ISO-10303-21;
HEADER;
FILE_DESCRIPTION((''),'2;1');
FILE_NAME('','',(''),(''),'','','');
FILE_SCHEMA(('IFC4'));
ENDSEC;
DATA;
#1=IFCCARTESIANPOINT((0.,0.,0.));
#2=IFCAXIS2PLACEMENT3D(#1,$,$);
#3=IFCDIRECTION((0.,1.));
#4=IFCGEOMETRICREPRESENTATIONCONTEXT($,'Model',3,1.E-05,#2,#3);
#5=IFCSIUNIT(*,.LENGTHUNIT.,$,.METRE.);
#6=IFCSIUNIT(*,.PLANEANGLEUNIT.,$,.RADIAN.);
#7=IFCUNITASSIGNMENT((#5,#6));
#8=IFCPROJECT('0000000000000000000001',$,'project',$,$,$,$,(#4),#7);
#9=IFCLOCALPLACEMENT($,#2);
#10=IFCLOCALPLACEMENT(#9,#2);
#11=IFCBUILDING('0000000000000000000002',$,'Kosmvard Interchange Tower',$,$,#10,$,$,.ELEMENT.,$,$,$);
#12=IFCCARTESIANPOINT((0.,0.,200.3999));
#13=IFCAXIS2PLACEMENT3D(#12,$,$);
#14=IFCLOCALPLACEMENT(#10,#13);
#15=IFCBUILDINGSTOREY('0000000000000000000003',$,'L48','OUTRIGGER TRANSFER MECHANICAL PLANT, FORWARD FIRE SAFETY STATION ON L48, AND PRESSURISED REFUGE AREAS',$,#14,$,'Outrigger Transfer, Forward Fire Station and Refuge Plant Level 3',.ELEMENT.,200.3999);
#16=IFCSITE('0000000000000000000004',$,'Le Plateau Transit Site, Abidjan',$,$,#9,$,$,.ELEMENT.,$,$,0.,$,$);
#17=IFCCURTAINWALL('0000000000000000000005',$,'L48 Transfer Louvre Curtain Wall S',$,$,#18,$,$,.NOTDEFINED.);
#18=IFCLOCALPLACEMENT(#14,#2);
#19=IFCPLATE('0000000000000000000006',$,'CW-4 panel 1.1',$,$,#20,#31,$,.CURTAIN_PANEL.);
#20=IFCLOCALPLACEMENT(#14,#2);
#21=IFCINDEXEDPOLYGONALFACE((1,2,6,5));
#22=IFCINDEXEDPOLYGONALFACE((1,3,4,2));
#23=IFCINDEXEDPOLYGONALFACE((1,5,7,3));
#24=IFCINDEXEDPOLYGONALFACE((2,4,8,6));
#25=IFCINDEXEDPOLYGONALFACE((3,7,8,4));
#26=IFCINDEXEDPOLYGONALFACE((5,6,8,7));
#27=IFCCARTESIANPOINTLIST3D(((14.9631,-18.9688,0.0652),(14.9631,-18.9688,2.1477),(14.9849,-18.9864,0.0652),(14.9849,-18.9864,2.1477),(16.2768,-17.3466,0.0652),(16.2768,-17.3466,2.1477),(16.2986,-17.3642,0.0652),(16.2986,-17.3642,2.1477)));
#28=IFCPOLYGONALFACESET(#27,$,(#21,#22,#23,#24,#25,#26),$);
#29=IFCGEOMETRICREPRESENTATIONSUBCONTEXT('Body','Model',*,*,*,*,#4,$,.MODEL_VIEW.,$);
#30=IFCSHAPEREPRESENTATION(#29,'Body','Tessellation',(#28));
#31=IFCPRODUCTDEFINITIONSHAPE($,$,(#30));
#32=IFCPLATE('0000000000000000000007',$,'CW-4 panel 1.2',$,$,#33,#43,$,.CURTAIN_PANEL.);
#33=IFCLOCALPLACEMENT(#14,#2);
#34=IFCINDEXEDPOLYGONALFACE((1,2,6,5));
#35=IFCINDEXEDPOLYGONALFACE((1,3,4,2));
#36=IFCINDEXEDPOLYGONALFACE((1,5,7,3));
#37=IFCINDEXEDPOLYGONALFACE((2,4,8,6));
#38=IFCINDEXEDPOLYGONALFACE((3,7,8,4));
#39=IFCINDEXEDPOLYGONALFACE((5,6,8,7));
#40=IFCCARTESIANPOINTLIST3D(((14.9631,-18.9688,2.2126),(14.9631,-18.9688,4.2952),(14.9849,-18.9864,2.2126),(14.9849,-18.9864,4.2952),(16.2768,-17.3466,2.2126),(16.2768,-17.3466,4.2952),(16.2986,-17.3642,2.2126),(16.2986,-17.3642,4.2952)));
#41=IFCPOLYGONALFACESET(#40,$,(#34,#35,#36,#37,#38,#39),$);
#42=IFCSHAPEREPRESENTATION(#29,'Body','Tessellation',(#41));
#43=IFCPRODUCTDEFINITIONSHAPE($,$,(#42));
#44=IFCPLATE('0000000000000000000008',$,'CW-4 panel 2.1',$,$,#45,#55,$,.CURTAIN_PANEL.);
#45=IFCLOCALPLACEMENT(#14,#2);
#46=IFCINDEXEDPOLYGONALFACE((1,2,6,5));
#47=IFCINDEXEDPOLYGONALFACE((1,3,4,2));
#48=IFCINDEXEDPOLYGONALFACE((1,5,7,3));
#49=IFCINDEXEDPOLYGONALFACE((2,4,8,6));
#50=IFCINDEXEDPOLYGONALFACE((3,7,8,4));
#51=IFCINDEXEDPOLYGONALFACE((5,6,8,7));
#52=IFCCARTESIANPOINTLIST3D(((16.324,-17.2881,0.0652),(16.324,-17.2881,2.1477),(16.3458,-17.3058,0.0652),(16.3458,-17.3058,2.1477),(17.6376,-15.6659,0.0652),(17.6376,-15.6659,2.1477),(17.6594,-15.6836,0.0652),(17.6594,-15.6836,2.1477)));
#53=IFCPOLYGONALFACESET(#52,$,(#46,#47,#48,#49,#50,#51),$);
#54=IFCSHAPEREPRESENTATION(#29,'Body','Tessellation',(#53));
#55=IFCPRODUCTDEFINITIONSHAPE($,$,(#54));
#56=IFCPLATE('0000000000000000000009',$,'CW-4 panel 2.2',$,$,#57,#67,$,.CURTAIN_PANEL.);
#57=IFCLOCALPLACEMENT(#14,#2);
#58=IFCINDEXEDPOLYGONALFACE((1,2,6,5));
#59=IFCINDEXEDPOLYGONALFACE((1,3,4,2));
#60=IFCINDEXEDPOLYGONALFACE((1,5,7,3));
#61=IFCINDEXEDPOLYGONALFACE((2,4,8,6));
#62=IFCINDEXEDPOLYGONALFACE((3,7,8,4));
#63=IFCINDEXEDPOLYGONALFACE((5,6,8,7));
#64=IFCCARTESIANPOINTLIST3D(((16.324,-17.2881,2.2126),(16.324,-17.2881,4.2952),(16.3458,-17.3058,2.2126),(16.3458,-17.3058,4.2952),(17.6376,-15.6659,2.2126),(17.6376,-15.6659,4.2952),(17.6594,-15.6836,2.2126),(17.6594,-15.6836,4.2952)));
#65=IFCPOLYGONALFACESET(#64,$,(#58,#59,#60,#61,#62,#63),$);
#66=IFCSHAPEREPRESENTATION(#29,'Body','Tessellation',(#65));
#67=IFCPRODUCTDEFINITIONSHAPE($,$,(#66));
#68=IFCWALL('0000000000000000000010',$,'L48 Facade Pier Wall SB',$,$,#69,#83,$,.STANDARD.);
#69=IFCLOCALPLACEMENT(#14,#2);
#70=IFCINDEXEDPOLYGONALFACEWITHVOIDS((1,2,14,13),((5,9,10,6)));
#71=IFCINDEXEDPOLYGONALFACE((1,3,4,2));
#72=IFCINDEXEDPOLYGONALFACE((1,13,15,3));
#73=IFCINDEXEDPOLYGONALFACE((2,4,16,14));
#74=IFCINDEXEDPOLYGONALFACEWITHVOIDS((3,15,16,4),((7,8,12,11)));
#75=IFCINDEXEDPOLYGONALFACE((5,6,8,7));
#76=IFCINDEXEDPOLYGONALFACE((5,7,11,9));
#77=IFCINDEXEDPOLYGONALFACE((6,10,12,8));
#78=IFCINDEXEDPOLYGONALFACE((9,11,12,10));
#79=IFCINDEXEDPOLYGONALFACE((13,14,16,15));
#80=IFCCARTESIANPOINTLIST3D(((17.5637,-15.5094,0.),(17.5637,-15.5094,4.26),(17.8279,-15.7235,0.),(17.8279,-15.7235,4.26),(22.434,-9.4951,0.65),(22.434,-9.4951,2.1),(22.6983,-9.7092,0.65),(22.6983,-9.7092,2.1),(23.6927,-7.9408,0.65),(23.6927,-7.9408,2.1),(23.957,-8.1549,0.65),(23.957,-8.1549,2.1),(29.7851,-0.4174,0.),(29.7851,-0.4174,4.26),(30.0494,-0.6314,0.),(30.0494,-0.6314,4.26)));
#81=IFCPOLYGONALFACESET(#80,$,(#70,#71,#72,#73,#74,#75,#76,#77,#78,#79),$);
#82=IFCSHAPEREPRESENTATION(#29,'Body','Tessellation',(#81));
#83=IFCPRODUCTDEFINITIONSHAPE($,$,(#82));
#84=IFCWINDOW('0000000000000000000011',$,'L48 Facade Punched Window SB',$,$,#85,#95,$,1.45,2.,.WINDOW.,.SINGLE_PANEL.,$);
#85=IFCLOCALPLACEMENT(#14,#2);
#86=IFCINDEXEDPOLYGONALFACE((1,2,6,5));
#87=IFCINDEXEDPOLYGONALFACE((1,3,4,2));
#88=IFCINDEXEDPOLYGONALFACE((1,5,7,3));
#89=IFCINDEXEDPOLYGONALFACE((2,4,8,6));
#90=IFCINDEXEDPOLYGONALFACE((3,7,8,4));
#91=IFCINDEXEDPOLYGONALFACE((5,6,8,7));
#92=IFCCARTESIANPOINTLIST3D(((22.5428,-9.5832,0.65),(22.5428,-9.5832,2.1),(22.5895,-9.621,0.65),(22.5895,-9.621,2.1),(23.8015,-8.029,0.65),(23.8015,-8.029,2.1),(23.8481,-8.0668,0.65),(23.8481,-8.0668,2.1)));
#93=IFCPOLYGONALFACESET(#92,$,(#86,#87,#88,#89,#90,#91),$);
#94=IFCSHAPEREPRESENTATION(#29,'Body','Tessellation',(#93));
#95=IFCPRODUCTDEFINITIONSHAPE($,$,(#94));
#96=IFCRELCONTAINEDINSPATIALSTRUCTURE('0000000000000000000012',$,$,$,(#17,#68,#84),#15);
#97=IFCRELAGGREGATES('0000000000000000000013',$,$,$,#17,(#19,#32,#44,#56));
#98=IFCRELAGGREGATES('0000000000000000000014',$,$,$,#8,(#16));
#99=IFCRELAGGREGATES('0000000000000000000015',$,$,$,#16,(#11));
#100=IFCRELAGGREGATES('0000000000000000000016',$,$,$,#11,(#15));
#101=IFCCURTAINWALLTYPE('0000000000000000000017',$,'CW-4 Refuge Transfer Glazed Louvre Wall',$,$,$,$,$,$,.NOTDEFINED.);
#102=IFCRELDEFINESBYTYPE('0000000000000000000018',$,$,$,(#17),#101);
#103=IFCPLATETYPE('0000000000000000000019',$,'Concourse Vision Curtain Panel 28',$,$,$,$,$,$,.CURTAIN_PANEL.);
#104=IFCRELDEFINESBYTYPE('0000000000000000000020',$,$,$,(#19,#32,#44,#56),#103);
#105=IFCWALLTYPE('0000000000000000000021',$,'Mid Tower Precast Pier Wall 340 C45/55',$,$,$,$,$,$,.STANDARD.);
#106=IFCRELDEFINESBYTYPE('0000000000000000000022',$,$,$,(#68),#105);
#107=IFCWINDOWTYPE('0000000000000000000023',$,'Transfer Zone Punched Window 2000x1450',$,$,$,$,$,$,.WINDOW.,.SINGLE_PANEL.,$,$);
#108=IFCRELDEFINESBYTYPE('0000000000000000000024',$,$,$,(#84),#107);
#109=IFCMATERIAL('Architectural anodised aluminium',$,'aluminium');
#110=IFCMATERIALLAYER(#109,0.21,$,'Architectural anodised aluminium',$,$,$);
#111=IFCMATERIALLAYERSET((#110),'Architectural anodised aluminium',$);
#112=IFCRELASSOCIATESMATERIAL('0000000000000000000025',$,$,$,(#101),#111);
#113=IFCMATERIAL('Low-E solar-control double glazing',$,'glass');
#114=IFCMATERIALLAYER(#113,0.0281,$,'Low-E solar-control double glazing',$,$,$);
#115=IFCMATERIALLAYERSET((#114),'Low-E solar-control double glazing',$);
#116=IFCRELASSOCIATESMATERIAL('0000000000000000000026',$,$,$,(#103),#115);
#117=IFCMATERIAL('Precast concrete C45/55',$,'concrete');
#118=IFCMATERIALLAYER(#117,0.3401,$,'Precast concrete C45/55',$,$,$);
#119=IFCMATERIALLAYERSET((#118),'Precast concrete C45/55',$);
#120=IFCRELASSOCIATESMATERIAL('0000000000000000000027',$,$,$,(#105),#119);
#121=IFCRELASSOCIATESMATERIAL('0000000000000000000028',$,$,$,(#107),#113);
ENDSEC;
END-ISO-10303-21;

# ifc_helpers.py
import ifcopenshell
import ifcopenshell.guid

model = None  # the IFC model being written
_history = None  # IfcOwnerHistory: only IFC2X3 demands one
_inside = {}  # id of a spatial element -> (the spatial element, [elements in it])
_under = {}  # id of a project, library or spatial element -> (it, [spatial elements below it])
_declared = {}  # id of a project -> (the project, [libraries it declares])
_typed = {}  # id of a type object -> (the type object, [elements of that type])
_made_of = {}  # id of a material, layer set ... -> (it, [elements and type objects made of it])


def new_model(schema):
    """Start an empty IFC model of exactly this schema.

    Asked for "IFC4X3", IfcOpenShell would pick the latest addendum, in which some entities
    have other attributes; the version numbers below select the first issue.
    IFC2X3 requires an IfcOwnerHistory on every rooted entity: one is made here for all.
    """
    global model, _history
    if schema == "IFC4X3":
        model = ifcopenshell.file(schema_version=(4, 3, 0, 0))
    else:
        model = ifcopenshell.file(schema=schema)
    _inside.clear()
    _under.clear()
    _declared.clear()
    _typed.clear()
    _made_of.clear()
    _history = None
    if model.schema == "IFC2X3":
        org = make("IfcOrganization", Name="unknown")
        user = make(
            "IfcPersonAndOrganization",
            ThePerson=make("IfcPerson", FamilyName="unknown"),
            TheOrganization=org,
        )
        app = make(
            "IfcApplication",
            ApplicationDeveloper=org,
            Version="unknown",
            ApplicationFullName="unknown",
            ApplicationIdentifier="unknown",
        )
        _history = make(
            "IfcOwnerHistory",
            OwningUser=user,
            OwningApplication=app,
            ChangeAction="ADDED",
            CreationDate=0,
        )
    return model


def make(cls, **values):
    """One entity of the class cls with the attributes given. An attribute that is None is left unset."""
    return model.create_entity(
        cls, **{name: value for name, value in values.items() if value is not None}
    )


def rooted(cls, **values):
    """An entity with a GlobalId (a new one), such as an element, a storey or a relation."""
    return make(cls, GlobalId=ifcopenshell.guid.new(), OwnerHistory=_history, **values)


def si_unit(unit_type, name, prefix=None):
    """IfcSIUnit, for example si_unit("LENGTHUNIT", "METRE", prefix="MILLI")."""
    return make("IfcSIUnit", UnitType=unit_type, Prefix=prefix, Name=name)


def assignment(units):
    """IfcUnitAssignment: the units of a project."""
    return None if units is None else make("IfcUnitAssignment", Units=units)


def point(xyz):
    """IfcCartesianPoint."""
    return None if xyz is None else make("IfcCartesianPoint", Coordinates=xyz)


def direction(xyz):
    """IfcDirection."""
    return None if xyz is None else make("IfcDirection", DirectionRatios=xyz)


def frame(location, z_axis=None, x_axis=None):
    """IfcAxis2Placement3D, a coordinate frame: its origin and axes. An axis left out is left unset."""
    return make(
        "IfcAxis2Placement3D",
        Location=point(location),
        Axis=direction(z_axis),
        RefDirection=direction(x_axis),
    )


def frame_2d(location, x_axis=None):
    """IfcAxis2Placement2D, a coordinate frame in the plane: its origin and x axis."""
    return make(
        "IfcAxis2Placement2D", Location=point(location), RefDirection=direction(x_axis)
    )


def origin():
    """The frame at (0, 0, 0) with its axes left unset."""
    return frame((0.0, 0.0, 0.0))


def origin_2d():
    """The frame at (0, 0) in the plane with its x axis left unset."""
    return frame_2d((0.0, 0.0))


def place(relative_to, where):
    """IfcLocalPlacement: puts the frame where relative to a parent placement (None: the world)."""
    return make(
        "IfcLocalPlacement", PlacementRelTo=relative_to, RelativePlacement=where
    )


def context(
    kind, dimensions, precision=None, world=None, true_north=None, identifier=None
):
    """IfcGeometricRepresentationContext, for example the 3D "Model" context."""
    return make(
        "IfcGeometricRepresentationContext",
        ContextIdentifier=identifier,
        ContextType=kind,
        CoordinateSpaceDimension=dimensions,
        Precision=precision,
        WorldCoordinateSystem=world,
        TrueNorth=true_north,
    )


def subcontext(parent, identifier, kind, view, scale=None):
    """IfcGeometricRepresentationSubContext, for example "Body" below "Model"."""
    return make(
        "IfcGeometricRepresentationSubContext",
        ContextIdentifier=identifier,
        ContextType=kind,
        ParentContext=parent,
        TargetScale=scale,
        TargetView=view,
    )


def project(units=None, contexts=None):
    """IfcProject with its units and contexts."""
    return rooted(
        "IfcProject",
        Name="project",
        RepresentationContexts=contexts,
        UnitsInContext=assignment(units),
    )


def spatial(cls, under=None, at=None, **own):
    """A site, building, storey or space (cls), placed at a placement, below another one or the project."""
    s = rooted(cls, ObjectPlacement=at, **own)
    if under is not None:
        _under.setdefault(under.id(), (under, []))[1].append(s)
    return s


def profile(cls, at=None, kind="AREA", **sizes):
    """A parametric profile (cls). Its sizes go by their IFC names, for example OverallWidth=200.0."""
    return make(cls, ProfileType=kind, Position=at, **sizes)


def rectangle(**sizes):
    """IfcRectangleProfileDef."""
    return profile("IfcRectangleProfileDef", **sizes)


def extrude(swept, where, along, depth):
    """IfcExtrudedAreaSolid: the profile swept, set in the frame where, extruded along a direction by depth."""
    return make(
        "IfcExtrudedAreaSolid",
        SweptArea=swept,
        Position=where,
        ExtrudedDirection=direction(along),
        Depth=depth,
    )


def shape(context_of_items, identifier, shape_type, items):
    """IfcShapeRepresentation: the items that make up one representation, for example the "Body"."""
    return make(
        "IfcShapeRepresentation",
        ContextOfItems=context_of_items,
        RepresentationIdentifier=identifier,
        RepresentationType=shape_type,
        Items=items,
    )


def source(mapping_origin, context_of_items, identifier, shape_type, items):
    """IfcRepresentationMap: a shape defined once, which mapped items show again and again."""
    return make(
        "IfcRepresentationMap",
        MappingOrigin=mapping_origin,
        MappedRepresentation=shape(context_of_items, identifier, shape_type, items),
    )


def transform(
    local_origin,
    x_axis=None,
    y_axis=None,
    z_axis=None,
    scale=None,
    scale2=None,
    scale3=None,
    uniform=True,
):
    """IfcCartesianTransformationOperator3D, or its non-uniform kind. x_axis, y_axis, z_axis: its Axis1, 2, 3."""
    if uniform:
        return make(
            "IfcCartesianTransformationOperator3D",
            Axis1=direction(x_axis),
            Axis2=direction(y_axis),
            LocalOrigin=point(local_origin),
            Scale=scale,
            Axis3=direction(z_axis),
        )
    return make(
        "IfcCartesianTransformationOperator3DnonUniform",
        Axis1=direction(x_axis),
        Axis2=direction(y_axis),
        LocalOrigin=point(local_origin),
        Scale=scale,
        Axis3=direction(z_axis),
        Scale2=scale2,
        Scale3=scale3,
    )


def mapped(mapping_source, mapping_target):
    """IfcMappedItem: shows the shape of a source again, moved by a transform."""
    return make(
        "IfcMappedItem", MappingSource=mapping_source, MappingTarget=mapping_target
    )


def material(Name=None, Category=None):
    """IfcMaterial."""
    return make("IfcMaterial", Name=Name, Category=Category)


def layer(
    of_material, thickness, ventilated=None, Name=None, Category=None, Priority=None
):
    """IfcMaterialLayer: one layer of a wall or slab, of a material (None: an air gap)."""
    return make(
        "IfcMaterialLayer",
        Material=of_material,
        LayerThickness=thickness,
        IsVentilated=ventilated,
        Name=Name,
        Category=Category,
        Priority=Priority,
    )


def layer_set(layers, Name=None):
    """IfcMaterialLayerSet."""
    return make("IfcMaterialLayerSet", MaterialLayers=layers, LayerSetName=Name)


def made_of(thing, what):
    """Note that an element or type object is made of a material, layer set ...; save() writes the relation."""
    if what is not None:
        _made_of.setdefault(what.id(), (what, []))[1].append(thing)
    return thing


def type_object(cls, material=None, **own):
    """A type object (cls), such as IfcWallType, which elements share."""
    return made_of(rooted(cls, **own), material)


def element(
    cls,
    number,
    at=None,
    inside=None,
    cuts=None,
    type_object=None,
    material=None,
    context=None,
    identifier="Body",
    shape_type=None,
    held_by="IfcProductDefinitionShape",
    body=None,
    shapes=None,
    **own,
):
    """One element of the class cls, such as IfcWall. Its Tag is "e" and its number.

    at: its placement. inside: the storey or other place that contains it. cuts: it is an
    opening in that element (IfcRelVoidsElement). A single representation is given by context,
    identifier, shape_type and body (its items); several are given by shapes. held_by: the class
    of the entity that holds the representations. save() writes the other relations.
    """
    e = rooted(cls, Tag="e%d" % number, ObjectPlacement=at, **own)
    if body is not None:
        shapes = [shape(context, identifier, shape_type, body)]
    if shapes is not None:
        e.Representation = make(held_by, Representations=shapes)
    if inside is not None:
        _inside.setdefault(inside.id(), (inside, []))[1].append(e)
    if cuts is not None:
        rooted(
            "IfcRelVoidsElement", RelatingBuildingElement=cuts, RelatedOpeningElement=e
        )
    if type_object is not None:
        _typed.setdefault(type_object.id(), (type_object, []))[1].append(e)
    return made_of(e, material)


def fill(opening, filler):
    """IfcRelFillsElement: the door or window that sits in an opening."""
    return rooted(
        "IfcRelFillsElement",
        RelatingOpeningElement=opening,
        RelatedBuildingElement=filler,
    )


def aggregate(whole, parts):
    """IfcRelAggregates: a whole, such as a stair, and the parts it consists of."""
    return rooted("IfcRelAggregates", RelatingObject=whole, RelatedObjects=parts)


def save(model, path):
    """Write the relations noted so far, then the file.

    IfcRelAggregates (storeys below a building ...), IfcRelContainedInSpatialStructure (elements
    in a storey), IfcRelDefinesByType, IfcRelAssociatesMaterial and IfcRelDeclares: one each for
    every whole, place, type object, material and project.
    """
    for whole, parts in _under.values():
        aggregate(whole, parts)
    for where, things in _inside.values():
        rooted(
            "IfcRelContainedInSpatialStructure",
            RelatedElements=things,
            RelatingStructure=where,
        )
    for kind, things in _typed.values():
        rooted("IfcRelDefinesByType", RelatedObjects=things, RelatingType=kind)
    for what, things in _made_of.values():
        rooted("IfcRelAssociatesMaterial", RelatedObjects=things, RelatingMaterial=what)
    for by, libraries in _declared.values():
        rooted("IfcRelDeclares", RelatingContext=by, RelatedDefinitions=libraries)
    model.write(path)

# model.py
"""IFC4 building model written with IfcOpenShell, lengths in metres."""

from ifc_helpers import new_model, si_unit, direction, frame, frame_2d, origin, origin_2d, place, context, subcontext, project, spatial, rectangle, extrude, source, transform, mapped, material, layer, layer_set, type_object, element, fill, aggregate, save


model = new_model("IFC4")

# Units and contexts
model_context = context("Model", 3, precision=1e-05, world=origin(), true_north=direction((0.0, 1.0)))
body_context = subcontext(model_context, "Body", "Model", "MODEL_VIEW")
ifc_project = project(units=[si_unit("LENGTHUNIT", "METRE"), si_unit("PLANEANGLEUNIT", "RADIAN")], contexts=[model_context])

# Site, building, storey
site_placement = place(None, origin())
site = spatial("IfcSite", under=ifc_project, at=site_placement, Name="Le Plateau Transit Site, Abidjan", CompositionType="ELEMENT", RefElevation=0.0)
building_placement = place(site_placement, origin())
building = spatial("IfcBuilding", under=site, at=building_placement, Name="Kosmvard Interchange Tower", CompositionType="ELEMENT")
storey_placement = place(building_placement, frame((0.0, 0.0, 200.3999)))
storey = spatial("IfcBuildingStorey", under=building, at=storey_placement, Name="L48", Description="OUTRIGGER TRANSFER MECHANICAL PLANT, FORWARD FIRE SAFETY STATION ON L48, AND PRESSURISED REFUGE AREAS", LongName="Outrigger Transfer, Forward Fire Station and Refuge Plant Level 3", CompositionType="ELEMENT", Elevation=200.3999)

# Curtain wall
ifc_material_1 = material(Name="Architectural anodised aluminium", Category="aluminium")
ifc_layer_1 = layer(ifc_material_1, 0.21, Name="Architectural anodised aluminium")
ifc_layer_set_1 = layer_set([ifc_layer_1], Name="Architectural anodised aluminium")
curtain_wall_type = type_object("IfcCurtainWallType", Name="CW-4 Refuge Transfer Glazed Louvre Wall", PredefinedType="NOTDEFINED", material=ifc_layer_set_1)
curtain_wall_placement = place(storey_placement, origin())
curtain_wall = element("IfcCurtainWall", 1, at=curtain_wall_placement, inside=storey, type_object=curtain_wall_type, Name="L48 Transfer Louvre Curtain Wall S", PredefinedType="NOTDEFINED")

# Plates
ifc_material_2 = material(Name="Low-E solar-control double glazing", Category="glass")
ifc_layer_2 = layer(ifc_material_2, 0.0281, Name="Low-E solar-control double glazing")
ifc_layer_set_2 = layer_set([ifc_layer_2], Name="Low-E solar-control double glazing")
plate_type_1 = type_object("IfcPlateType", Name="Concourse Vision Curtain Panel 28", PredefinedType="CURTAIN_PANEL", material=ifc_layer_set_2)
shared_shape_1 = source(origin(), body_context, "Body", "SweptSolid", [
    extrude(rectangle(XDim=2.0874, YDim=0.0281, at=origin_2d()), origin(), (0.0, 0.0, 1.0), 2.0825),
])
plate_1_placement = place(storey_placement, frame((15.6309, -18.1665, 0.0652), z_axis=(0.0, 0.0, 1.0), x_axis=(0.62932, 0.777146, 0.0)))
plate_1 = element("IfcPlate", 2, at=plate_1_placement, type_object=plate_type_1, Name="CW-4 panel 1.1", PredefinedType="CURTAIN_PANEL", context=body_context, shape_type="MappedRepresentation", body=[
    mapped(shared_shape_1, transform((0.0, 0.0, 0.0), scale=1.0)),
])
plate_2_placement = place(storey_placement, frame((15.6309, -18.1665, 2.2126), z_axis=(0.0, 0.0, 1.0), x_axis=(0.62932, 0.777146, 0.0)))
plate_2 = element("IfcPlate", 3, at=plate_2_placement, type_object=plate_type_1, Name="CW-4 panel 1.2", PredefinedType="CURTAIN_PANEL", context=body_context, shape_type="MappedRepresentation", body=[
    mapped(shared_shape_1, transform((0.0, 0.0, 0.0), scale=1.0)),
])
plate_3_placement = place(storey_placement, frame((16.9917, -16.4858, 0.0652), z_axis=(0.0, 0.0, 1.0), x_axis=(0.62932, 0.777146, 0.0)))
plate_3 = element("IfcPlate", 4, at=plate_3_placement, type_object=plate_type_1, Name="CW-4 panel 2.1", PredefinedType="CURTAIN_PANEL", context=body_context, shape_type="MappedRepresentation", body=[
    mapped(shared_shape_1, transform((0.0, 0.0, 0.0), scale=1.0)),
])
plate_4_placement = place(storey_placement, frame((16.9917, -16.4858, 2.2126), z_axis=(0.0, 0.0, 1.0), x_axis=(0.62932, 0.777146, 0.0)))
plate_4 = element("IfcPlate", 5, at=plate_4_placement, type_object=plate_type_1, Name="CW-4 panel 2.2", PredefinedType="CURTAIN_PANEL", context=body_context, shape_type="MappedRepresentation", body=[
    mapped(shared_shape_1, transform((0.0, 0.0, 0.0), scale=1.0)),
])
aggregate(curtain_wall, [plate_1, plate_2, plate_3, plate_4])

# Wall, opening, window
ifc_material_3 = material(Name="Precast concrete C45/55", Category="concrete")
ifc_layer_3 = layer(ifc_material_3, 0.3401, Name="Precast concrete C45/55")
ifc_layer_set_3 = layer_set([ifc_layer_3], Name="Precast concrete C45/55")
wall_type = type_object("IfcWallType", Name="Mid Tower Precast Pier Wall 340 C45/55", PredefinedType="STANDARD", material=ifc_layer_set_3)
wall_placement = place(storey_placement, frame((17.6958, -15.6165, 0.0), z_axis=(0.0, 0.0, 1.0), x_axis=(0.629325, 0.777142, 0.0)))
wall = element("IfcWall", 6, at=wall_placement, inside=storey, type_object=wall_type, Name="L48 Facade Pier Wall SB", PredefinedType="STANDARD", context=body_context, shape_type="SweptSolid", body=[
    extrude(rectangle(XDim=19.4199, YDim=0.3401, at=frame_2d((9.71, 0.0))), origin(), (0.0, 0.0, 1.0), 4.26),
])
opening_placement = place(wall_placement, frame((7.739, 0.0, 0.6499)))
opening = element("IfcOpeningElement", 7, at=opening_placement, cuts=wall, PredefinedType="OPENING", context=body_context, shape_type="SweptSolid", body=[
    extrude(rectangle(XDim=2.0, YDim=1.45, at=frame_2d((1.0, 0.7251))), frame((0.0, 0.1802, 0.0), z_axis=(0.0, -1.0, 0.0), x_axis=(1.0, 0.0, 0.0)), (0.0, 0.0, 1.0), 0.3601),
])
window_type = type_object("IfcWindowType", Name="Transfer Zone Punched Window 2000x1450", PartitioningType="SINGLE_PANEL", PredefinedType="WINDOW", material=ifc_material_2)
shared_shape_2 = source(origin(), body_context, "Body", "SweptSolid", [
    extrude(rectangle(XDim=2.0, YDim=1.45, at=frame_2d((1.0, 0.7251))), frame((0.0, 0.03, 0.0), z_axis=(0.0, -1.0, 0.0), x_axis=(1.0, 0.0, 0.0)), (0.0, 0.0, 1.0), 0.0601),
])
window_placement = place(opening_placement, origin())
window = element("IfcWindow", 8, at=window_placement, inside=storey, type_object=window_type, Name="L48 Facade Punched Window SB", OverallHeight=1.45, OverallWidth=2.0, PartitioningType="SINGLE_PANEL", PredefinedType="WINDOW", context=body_context, shape_type="MappedRepresentation", body=[
    mapped(shared_shape_2, transform((0.0, 0.0, 0.0), scale=1.0)),
])
fill(opening, window)

save(model, "model.ifc")
